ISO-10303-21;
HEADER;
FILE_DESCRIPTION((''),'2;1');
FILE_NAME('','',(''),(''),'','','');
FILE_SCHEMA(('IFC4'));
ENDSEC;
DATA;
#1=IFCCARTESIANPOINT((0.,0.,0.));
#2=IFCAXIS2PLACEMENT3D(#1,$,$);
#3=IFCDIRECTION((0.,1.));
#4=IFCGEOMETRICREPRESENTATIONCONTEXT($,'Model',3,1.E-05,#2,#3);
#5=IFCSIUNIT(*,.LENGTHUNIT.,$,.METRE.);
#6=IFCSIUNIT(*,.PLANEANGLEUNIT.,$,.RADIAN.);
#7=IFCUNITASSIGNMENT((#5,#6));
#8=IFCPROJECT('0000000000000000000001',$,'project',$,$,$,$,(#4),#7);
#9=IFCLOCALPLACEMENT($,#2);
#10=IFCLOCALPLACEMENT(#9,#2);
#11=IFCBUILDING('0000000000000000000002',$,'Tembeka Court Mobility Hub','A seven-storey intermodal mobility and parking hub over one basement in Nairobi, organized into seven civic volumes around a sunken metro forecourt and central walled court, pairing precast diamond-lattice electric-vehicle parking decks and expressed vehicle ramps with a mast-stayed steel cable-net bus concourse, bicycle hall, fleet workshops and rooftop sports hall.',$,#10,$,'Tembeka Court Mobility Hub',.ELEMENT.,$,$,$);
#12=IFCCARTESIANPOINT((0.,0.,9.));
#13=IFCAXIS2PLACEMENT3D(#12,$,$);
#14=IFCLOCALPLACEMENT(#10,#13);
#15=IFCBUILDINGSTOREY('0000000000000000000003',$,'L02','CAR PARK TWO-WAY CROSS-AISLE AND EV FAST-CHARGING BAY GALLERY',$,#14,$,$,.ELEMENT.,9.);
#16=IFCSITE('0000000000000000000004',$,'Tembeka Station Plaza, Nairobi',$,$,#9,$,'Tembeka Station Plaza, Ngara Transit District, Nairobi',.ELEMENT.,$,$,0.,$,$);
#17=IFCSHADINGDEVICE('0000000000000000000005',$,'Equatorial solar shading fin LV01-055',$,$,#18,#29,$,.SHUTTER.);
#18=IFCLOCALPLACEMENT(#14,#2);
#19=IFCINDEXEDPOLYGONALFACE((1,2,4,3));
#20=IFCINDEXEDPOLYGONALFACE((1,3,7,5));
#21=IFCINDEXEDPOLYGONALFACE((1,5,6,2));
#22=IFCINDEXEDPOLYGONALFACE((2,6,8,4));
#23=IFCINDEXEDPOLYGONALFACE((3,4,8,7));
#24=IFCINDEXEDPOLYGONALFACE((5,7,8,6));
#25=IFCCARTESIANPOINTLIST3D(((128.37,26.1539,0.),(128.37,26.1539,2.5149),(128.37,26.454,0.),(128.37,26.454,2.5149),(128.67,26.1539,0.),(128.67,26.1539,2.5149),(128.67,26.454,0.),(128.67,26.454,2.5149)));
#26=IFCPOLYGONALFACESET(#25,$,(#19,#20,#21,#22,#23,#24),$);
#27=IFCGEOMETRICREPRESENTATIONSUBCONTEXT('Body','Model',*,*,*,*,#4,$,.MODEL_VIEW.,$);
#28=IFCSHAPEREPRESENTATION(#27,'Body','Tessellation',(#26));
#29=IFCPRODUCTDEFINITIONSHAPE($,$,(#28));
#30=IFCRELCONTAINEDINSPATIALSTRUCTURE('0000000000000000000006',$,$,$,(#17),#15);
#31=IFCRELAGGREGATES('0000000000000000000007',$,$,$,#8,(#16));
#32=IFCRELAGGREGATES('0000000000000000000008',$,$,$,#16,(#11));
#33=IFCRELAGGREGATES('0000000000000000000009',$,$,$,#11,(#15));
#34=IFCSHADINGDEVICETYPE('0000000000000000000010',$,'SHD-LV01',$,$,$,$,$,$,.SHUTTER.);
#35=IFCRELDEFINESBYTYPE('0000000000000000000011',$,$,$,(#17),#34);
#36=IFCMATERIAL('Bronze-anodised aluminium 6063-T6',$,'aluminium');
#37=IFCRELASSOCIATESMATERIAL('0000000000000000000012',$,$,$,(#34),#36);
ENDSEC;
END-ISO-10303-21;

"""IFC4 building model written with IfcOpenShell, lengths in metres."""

from ifc_helpers import new_model, si_unit, direction, frame, origin, origin_2d, place, context, subcontext, project, spatial, rectangle, extrude, material, material_profile, profile_set, type_object, element, save


model = new_model("IFC4")

# Units and contexts
model_context = context("Model", 3, precision=1e-05, world=origin(), true_north=direction((0.0, 1.0)))
body_context = subcontext(model_context, "Body", "Model", "MODEL_VIEW")
ifc_project = project(units=[si_unit("LENGTHUNIT", "METRE"), si_unit("PLANEANGLEUNIT", "RADIAN")], contexts=[model_context])

# Site, building, storey
site_placement = place(None, origin())
site = spatial("IfcSite", under=ifc_project, at=site_placement, Name="Tembeka Station Plaza, Nairobi", LongName="Tembeka Station Plaza, Ngara Transit District, Nairobi", CompositionType="ELEMENT", RefElevation=0.0)
building_placement = place(site_placement, origin())
building = spatial("IfcBuilding", under=site, at=building_placement, Name="Tembeka Court Mobility Hub", Description="A seven-storey intermodal mobility and parking hub over one basement in Nairobi, organized into seven civic volumes around a sunken metro forecourt and central walled court, pairing precast diamond-lattice electric-vehicle parking decks and expressed vehicle ramps with a mast-stayed steel cable-net bus concourse, bicycle hall, fleet workshops and rooftop sports hall.", LongName="Tembeka Court Mobility Hub", CompositionType="ELEMENT")
storey_placement = place(building_placement, frame((0.0, 0.0, 9.0)))
storey = spatial("IfcBuildingStorey", under=building, at=storey_placement, Name="L02", Description="CAR PARK TWO-WAY CROSS-AISLE AND EV FAST-CHARGING BAY GALLERY", CompositionType="ELEMENT", Elevation=9.0)

# Shading device
ifc_material_1 = material(Name="Bronze-anodised aluminium 6063-T6", Category="aluminium")
ifc_material_profile_1 = material_profile(ifc_material_1, rectangle(XDim=0.3, YDim=0.3, at=origin_2d()), Name="ALU-LVR 300x300")
ifc_profile_set_1 = profile_set([ifc_material_profile_1], Name="Bronze-anodised aluminium 6063-T6")
shading_device_type_1 = type_object("IfcShadingDeviceType", Name="SHD-LV01", PredefinedType="SHUTTER", material=ifc_profile_set_1)
shading_device_1_placement = place(storey_placement, frame((128.52, 26.304, 0.0), z_axis=(0.0, 0.0, 1.0), x_axis=(1.0, 0.0, 0.0)))
element("IfcShadingDevice", 1, at=shading_device_1_placement, inside=storey, type_object=shading_device_type_1, Name="Equatorial solar shading fin LV01-055", PredefinedType="SHUTTER", context=body_context, shape_type="SweptSolid", body=[
    extrude(rectangle(XDim=0.3, YDim=0.3, at=origin_2d()), origin(), (0.0, 0.0, 1.0), 2.5149),
])

save(model, "model.ifc")
